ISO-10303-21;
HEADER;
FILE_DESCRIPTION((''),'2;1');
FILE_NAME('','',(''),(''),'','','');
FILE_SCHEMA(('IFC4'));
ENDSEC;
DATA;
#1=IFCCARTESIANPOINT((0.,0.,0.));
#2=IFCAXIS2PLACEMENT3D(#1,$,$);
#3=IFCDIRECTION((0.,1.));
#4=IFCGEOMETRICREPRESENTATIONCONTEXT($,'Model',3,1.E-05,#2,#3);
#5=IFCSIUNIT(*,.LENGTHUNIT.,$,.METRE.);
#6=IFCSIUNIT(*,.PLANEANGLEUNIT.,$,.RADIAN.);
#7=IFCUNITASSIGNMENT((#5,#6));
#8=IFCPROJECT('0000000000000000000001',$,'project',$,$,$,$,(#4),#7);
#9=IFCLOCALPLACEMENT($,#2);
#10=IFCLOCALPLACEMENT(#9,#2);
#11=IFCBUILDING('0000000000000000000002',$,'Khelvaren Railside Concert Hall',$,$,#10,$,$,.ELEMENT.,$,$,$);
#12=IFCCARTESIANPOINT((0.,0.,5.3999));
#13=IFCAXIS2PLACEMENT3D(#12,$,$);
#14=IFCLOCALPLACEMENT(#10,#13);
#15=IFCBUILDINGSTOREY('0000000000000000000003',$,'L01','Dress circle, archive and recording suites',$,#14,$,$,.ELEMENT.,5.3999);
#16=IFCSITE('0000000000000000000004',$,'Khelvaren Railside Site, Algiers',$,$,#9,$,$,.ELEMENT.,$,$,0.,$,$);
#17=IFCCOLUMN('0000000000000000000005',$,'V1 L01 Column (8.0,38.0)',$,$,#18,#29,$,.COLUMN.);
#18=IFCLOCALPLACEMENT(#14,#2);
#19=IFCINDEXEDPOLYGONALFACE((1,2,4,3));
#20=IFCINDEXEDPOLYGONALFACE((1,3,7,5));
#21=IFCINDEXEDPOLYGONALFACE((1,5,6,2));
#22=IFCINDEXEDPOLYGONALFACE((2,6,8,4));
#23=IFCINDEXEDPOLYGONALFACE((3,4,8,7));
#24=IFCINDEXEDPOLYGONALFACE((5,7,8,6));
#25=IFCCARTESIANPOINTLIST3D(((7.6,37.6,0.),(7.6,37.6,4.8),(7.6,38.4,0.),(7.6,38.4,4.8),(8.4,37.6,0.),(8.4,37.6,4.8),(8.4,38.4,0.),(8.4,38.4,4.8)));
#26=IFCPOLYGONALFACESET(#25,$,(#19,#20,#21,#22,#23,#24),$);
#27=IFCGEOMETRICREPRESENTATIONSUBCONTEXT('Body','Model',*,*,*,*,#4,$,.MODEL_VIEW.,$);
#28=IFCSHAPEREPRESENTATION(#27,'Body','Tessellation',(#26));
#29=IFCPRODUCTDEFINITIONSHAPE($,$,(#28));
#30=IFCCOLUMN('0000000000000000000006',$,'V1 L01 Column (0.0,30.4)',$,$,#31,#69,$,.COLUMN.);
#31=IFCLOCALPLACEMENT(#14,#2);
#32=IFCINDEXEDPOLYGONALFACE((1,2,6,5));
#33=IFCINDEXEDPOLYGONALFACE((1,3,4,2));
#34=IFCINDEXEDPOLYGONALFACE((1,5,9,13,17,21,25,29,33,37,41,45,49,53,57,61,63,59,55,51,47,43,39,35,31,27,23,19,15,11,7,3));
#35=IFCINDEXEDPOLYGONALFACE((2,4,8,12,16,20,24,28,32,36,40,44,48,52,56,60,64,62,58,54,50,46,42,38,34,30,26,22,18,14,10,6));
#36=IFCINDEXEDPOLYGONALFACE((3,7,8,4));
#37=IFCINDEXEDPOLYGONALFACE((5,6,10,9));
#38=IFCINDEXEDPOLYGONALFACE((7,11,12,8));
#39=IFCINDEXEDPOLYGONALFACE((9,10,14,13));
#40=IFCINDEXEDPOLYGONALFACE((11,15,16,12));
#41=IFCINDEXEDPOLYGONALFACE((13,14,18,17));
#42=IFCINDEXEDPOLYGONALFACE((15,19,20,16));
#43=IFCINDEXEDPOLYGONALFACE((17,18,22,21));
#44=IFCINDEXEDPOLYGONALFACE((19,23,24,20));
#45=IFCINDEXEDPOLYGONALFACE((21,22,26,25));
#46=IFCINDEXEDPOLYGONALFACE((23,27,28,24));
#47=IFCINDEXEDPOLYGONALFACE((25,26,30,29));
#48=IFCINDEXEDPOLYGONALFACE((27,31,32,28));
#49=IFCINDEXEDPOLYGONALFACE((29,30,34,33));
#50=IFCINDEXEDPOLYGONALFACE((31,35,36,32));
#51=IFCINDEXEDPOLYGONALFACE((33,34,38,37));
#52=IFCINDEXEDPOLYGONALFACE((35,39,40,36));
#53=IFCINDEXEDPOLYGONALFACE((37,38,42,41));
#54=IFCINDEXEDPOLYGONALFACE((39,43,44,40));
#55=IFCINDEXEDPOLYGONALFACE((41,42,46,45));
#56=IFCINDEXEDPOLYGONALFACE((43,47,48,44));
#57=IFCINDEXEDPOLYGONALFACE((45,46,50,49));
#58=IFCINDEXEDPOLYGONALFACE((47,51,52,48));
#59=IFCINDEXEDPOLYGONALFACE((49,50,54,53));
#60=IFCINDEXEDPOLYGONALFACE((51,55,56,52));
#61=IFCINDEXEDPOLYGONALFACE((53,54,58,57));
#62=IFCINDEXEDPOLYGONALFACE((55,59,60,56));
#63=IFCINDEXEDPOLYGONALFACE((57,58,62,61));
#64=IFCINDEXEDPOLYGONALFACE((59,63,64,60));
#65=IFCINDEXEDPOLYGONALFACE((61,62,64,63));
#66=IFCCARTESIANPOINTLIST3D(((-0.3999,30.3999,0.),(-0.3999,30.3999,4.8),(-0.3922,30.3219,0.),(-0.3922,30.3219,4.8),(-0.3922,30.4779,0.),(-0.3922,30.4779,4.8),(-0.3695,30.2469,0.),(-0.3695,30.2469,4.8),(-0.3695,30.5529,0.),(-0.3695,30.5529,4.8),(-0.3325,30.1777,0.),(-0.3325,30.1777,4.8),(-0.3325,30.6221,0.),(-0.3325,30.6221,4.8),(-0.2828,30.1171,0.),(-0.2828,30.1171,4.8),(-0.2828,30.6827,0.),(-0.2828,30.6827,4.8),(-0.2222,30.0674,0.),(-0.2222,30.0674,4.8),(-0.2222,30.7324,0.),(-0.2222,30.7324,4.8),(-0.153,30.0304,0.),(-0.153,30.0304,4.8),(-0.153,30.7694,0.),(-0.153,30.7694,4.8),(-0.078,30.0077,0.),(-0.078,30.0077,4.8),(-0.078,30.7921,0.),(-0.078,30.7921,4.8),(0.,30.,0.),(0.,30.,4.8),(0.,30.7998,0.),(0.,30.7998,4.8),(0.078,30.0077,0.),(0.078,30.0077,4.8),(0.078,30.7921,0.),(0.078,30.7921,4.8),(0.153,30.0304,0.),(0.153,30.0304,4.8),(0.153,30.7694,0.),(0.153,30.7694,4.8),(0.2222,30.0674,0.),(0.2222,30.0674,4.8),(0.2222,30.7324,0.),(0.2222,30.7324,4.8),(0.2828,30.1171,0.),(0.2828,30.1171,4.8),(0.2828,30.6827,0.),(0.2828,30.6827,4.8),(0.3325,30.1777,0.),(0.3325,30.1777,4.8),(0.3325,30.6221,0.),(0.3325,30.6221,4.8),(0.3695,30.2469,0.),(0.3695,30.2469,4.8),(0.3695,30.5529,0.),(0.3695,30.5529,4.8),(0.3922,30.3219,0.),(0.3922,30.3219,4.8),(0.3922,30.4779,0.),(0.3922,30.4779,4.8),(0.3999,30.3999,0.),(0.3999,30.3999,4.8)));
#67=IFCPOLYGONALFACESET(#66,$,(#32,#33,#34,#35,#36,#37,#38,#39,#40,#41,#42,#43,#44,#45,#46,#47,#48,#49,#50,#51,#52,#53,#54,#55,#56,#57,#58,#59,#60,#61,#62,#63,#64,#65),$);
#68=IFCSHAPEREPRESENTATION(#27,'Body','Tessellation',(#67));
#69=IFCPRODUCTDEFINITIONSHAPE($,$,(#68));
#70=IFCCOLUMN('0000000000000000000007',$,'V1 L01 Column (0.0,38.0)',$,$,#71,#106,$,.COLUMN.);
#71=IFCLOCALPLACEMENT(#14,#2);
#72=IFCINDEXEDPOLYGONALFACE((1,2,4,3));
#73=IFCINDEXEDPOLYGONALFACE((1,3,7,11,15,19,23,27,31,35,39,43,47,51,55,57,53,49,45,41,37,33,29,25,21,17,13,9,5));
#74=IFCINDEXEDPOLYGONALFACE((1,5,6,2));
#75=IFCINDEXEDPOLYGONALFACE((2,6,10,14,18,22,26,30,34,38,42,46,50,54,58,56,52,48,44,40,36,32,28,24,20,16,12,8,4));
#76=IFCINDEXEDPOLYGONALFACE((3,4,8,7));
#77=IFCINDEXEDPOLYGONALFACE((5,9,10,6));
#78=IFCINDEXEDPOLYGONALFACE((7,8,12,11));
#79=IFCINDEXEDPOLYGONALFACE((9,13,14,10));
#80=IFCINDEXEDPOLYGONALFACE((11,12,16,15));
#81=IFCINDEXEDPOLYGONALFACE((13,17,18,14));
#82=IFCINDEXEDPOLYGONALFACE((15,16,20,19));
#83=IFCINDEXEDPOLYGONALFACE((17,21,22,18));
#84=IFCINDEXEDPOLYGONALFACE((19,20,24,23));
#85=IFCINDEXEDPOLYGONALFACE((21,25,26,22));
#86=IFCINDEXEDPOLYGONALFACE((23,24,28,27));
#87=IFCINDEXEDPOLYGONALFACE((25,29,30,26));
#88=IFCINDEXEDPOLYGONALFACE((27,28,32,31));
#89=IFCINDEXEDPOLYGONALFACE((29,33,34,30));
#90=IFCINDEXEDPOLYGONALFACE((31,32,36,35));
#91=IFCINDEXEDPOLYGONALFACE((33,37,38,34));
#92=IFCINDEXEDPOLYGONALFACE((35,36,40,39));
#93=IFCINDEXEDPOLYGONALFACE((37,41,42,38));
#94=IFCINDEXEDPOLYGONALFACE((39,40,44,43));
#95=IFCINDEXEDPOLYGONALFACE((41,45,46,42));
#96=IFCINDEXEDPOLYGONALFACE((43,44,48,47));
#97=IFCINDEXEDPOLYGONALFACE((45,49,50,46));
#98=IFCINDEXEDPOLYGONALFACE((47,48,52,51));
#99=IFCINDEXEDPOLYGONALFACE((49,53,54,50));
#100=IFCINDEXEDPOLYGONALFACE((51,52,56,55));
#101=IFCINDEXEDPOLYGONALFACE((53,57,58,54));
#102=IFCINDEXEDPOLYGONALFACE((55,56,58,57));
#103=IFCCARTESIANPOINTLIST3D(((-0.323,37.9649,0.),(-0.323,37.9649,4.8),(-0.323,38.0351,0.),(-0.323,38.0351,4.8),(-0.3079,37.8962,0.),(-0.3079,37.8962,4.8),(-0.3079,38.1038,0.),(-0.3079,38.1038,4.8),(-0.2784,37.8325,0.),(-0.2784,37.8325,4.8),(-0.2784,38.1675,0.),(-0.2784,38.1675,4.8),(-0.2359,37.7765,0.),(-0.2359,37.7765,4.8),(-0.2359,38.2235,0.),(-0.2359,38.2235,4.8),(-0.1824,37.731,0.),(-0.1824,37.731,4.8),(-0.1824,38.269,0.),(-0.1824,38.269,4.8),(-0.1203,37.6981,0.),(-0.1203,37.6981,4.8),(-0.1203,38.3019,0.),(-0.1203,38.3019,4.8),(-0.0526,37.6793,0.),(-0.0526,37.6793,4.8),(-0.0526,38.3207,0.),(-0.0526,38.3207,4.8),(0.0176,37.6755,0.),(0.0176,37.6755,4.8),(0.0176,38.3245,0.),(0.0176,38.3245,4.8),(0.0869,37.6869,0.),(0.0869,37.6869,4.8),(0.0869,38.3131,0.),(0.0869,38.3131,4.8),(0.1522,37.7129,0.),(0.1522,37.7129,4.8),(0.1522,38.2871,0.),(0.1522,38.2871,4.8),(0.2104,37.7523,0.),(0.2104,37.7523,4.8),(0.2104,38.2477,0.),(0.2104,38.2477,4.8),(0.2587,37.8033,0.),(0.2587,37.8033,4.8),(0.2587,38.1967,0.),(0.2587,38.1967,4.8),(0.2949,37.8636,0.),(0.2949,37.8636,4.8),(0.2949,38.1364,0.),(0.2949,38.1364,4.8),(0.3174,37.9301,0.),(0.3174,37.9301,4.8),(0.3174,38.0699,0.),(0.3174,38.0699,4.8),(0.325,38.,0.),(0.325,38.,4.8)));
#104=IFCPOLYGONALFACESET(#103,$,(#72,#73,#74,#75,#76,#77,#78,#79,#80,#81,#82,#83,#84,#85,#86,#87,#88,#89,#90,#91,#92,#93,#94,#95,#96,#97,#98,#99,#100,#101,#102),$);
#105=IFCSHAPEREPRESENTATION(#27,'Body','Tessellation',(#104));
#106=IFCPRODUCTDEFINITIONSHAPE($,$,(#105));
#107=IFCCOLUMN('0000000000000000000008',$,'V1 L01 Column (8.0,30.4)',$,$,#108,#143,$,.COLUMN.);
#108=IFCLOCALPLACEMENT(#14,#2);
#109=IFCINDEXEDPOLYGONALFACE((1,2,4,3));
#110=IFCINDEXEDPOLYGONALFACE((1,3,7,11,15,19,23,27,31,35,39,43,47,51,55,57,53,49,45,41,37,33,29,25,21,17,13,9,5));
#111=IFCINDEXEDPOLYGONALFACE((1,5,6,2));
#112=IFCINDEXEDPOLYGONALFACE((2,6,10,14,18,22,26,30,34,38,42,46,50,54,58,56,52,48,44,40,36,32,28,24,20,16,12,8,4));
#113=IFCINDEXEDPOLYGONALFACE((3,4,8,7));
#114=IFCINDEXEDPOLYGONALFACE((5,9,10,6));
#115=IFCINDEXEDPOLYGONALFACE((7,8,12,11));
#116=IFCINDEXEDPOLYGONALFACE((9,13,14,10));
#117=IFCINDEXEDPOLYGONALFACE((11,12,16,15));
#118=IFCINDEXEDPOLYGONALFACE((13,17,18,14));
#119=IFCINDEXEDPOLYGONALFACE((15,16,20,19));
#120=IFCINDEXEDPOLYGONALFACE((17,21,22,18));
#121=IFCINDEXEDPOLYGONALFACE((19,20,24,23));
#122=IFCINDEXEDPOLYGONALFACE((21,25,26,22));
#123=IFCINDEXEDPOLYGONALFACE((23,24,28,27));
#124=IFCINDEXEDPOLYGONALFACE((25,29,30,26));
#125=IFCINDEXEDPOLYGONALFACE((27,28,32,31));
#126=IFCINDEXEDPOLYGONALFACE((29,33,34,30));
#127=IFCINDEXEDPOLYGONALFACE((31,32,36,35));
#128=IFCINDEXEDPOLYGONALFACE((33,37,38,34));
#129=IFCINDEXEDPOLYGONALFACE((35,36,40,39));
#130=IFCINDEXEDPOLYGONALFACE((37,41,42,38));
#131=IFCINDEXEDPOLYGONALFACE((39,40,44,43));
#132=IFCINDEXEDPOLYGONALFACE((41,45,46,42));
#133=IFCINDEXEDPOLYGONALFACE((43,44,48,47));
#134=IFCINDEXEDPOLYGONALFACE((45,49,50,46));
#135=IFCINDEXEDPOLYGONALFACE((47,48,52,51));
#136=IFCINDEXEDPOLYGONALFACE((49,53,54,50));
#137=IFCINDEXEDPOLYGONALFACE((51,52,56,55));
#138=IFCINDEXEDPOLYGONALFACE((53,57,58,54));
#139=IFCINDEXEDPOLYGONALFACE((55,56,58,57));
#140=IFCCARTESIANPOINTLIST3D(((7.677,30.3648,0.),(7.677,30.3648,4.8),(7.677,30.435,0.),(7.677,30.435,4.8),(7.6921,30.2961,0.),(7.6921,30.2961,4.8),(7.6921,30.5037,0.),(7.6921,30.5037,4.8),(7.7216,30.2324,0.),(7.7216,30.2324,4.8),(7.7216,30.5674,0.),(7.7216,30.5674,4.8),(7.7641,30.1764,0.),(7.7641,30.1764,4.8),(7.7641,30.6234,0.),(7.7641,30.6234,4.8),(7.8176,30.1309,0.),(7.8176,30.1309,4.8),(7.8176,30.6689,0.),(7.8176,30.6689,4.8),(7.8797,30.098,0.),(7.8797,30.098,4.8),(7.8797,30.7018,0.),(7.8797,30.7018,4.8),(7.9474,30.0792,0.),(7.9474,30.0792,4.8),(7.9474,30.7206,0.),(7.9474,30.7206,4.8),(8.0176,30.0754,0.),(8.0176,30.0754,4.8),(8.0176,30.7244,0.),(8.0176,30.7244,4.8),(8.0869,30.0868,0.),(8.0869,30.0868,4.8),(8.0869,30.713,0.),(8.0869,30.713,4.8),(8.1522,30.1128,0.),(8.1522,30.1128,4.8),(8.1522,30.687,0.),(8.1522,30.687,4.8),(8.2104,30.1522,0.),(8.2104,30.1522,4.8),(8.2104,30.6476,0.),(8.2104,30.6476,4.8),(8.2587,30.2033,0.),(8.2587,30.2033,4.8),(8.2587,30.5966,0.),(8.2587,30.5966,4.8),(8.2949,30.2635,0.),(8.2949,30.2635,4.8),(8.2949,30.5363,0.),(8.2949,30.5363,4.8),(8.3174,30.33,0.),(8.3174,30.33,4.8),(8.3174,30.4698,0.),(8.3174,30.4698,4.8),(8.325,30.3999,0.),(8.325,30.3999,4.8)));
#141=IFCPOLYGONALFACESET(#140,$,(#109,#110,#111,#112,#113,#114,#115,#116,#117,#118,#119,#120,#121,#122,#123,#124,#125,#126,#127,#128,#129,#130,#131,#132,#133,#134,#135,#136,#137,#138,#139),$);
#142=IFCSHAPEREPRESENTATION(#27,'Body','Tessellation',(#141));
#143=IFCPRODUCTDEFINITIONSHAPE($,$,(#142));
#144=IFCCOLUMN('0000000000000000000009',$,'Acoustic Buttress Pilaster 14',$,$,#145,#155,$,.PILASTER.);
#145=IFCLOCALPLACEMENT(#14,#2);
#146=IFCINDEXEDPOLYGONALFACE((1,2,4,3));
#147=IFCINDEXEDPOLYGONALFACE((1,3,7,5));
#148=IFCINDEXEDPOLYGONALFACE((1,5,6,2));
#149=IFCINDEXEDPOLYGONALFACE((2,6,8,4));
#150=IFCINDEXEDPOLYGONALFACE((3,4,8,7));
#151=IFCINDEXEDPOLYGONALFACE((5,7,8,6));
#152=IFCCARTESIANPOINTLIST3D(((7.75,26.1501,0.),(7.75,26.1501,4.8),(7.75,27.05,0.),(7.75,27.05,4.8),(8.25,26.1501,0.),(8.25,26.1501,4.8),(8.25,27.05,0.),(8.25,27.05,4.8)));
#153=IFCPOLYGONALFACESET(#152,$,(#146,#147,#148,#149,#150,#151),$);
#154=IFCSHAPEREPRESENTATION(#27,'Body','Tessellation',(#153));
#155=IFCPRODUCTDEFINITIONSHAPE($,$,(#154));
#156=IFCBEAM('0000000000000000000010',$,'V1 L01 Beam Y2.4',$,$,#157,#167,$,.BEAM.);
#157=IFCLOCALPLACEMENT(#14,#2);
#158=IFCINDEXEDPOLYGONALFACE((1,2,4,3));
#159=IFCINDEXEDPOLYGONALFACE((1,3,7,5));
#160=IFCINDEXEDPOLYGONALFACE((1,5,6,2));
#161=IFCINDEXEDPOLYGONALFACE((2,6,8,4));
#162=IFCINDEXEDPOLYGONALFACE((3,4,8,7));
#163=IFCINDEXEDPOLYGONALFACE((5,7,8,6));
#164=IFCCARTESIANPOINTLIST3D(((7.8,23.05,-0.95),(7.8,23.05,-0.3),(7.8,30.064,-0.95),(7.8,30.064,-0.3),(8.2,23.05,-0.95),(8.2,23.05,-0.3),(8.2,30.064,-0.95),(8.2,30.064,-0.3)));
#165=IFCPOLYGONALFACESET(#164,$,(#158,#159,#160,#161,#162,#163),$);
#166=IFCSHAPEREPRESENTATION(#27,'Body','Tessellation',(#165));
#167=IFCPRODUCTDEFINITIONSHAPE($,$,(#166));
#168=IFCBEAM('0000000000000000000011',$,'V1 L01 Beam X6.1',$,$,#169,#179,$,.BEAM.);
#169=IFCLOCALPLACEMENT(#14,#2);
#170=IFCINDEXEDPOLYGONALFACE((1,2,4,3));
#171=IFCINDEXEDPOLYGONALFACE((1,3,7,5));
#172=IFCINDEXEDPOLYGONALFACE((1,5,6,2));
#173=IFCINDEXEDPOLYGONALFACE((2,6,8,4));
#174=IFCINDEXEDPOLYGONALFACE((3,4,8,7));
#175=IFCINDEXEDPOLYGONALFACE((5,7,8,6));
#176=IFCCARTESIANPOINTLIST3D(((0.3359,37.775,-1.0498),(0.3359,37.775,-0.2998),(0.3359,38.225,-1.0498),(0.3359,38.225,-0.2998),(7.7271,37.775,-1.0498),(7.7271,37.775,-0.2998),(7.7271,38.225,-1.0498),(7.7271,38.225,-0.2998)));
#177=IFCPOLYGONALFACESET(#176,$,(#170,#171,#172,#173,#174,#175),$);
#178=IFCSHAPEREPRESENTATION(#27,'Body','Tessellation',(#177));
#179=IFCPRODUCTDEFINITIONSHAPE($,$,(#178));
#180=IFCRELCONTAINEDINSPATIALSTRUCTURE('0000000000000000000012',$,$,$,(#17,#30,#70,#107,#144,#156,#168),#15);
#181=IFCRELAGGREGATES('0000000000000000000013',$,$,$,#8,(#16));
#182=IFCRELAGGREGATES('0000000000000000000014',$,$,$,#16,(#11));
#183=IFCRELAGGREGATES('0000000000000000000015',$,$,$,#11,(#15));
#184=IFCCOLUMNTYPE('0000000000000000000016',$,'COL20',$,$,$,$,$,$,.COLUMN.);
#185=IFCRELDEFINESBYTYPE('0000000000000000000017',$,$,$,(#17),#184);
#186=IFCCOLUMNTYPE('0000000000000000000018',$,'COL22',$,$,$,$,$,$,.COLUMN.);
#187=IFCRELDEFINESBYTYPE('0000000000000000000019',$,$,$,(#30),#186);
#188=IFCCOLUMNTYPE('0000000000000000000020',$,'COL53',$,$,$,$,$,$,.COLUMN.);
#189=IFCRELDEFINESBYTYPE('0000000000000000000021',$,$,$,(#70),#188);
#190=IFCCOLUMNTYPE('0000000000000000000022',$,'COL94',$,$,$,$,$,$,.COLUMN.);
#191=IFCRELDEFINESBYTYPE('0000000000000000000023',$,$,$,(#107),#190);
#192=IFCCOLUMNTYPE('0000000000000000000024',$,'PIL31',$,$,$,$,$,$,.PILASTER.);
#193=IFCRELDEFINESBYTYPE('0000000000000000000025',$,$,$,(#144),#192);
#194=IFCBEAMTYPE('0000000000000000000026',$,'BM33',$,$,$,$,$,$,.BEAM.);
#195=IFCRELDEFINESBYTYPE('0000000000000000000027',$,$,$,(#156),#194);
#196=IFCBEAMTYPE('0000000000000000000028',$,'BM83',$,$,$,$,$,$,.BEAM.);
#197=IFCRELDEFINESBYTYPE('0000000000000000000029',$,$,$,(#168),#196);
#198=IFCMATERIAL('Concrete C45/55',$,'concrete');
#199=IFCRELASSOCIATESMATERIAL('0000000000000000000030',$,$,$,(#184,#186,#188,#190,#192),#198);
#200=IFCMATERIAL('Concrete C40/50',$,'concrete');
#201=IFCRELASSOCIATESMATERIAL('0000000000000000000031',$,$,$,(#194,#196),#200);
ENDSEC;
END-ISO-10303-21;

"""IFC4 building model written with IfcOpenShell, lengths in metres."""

from ifc_helpers import new_model, si_unit, direction, frame, origin, origin_2d, place, context, subcontext, project, spatial, rectangle, circle, extrude, material, material_profile, profile_set, type_object, element, save


model = new_model("IFC4")

# Units and contexts
model_context = context("Model", 3, precision=1e-05, world=origin(), true_north=direction((0.0, 1.0)))
body_context = subcontext(model_context, "Body", "Model", "MODEL_VIEW")
ifc_project = project(units=[si_unit("LENGTHUNIT", "METRE"), si_unit("PLANEANGLEUNIT", "RADIAN")], contexts=[model_context])

# Site, building, storey
site_placement = place(None, origin())
site = spatial("IfcSite", under=ifc_project, at=site_placement, Name="Khelvaren Railside Site, Algiers", CompositionType="ELEMENT", RefElevation=0.0)
building_placement = place(site_placement, origin())
building = spatial("IfcBuilding", under=site, at=building_placement, Name="Khelvaren Railside Concert Hall", CompositionType="ELEMENT")
storey_placement = place(building_placement, frame((0.0, 0.0, 5.3999)))
storey = spatial("IfcBuildingStorey", under=building, at=storey_placement, Name="L01", Description="Dress circle, archive and recording suites", CompositionType="ELEMENT", Elevation=5.3999)

# Columns
ifc_material_1 = material(Name="Concrete C45/55", Category="concrete")
ifc_material_profile_1 = material_profile(ifc_material_1, rectangle(XDim=0.8, YDim=0.8, at=origin_2d()), Name="RC 800x800")
ifc_profile_set_1 = profile_set([ifc_material_profile_1], Name="Concrete C45/55")
column_type_1 = type_object("IfcColumnType", Name="COL20", PredefinedType="COLUMN", material=ifc_profile_set_1)
column_1_placement = place(storey_placement, frame((8.0, 38.0, 0.0), z_axis=(0.0, 0.0, 1.0), x_axis=(1.0, 0.0, 0.0)))
element("IfcColumn", 1, at=column_1_placement, inside=storey, type_object=column_type_1, Name="V1 L01 Column (8.0,38.0)", PredefinedType="COLUMN", context=body_context, shape_type="SweptSolid", body=[
    extrude(rectangle(XDim=0.8, YDim=0.8, at=origin_2d()), origin(), (0.0, 0.0, 1.0), 4.8),
])
ifc_material_profile_2 = material_profile(ifc_material_1, circle(Radius=0.3999, at=origin_2d()), Name="RC D800")
ifc_profile_set_2 = profile_set([ifc_material_profile_2], Name="Concrete C45/55")
column_type_2 = type_object("IfcColumnType", Name="COL22", PredefinedType="COLUMN", material=ifc_profile_set_2)
column_2_placement = place(storey_placement, frame((0.0, 30.3999, 0.0), z_axis=(0.0, 0.0, 1.0), x_axis=(1.0, 0.0, 0.0)))
element("IfcColumn", 2, at=column_2_placement, inside=storey, type_object=column_type_2, Name="V1 L01 Column (0.0,30.4)", PredefinedType="COLUMN", context=body_context, shape_type="SweptSolid", body=[
    extrude(circle(Radius=0.3999, at=origin_2d()), origin(), (0.0, 0.0, 1.0), 4.8),
])
ifc_material_profile_3 = material_profile(ifc_material_1, circle(Radius=0.325, at=origin_2d()), Name="RC D650")
ifc_profile_set_3 = profile_set([ifc_material_profile_3], Name="Concrete C45/55")
column_type_3 = type_object("IfcColumnType", Name="COL53", PredefinedType="COLUMN", material=ifc_profile_set_3)
column_3_placement = place(storey_placement, frame((0.0, 38.0, 0.0), z_axis=(0.0, 0.0, 1.0), x_axis=(1.0, 0.0, 0.0)))
element("IfcColumn", 3, at=column_3_placement, inside=storey, type_object=column_type_3, Name="V1 L01 Column (0.0,38.0)", PredefinedType="COLUMN", context=body_context, shape_type="SweptSolid", body=[
    extrude(circle(Radius=0.325, at=origin_2d()), origin(), (0.0, 0.0, 1.0), 4.8),
])
ifc_material_profile_4 = material_profile(ifc_material_1, circle(Radius=0.325, at=origin_2d()), Name="RC D650")
ifc_profile_set_4 = profile_set([ifc_material_profile_4], Name="Concrete C45/55")
column_type_4 = type_object("IfcColumnType", Name="COL94", PredefinedType="COLUMN", material=ifc_profile_set_4)
column_4_placement = place(storey_placement, frame((8.0, 30.3999, 0.0), z_axis=(0.0, 0.0, 1.0), x_axis=(1.0, 0.0, 0.0)))
element("IfcColumn", 4, at=column_4_placement, inside=storey, type_object=column_type_4, Name="V1 L01 Column (8.0,30.4)", PredefinedType="COLUMN", context=body_context, shape_type="SweptSolid", body=[
    extrude(circle(Radius=0.325, at=origin_2d()), origin(), (0.0, 0.0, 1.0), 4.8),
])
ifc_material_profile_5 = material_profile(ifc_material_1, rectangle(XDim=0.5, YDim=0.8999, at=origin_2d()), Name="PIL 500x900")
ifc_profile_set_5 = profile_set([ifc_material_profile_5], Name="Concrete C45/55")
column_type_5 = type_object("IfcColumnType", Name="PIL31", PredefinedType="PILASTER", material=ifc_profile_set_5)
column_5_placement = place(storey_placement, frame((8.0, 26.6001, 0.0), z_axis=(0.0, 0.0, 1.0), x_axis=(1.0, 0.0, 0.0)))
element("IfcColumn", 5, at=column_5_placement, inside=storey, type_object=column_type_5, Name="Acoustic Buttress Pilaster 14", PredefinedType="PILASTER", context=body_context, shape_type="SweptSolid", body=[
    extrude(rectangle(XDim=0.5, YDim=0.8999, at=origin_2d()), origin(), (0.0, 0.0, 1.0), 4.8),
])

# Beams
ifc_material_2 = material(Name="Concrete C40/50", Category="concrete")
ifc_material_profile_6 = material_profile(ifc_material_2, rectangle(XDim=0.3999, YDim=0.6499, at=origin_2d()), Name="RCB 400x650")
ifc_profile_set_6 = profile_set([ifc_material_profile_6], Name="Concrete C40/50")
beam_type_1 = type_object("IfcBeamType", Name="BM33", PredefinedType="BEAM", material=ifc_profile_set_6)
beam_1_placement = place(storey_placement, frame((8.0, 23.05, -0.625), z_axis=(0.0, 1.0, 0.0), x_axis=(-1.0, 0.0, 0.0)))
element("IfcBeam", 6, at=beam_1_placement, inside=storey, type_object=beam_type_1, Name="V1 L01 Beam Y2.4", PredefinedType="BEAM", context=body_context, shape_type="SweptSolid", body=[
    extrude(rectangle(XDim=0.3999, YDim=0.6499, at=origin_2d()), origin(), (0.0, 0.0, 1.0), 7.0139),
])
ifc_material_profile_7 = material_profile(ifc_material_2, rectangle(XDim=0.45, YDim=0.75, at=origin_2d()), Name="RCB 450x750")
ifc_profile_set_7 = profile_set([ifc_material_profile_7], Name="Concrete C40/50")
beam_type_2 = type_object("IfcBeamType", Name="BM83", PredefinedType="BEAM", material=ifc_profile_set_7)
beam_2_placement = place(storey_placement, frame((0.3359, 38.0, -0.6748), z_axis=(1.0, 0.0, 0.0), x_axis=(0.0, 1.0, 0.0)))
element("IfcBeam", 7, at=beam_2_placement, inside=storey, type_object=beam_type_2, Name="V1 L01 Beam X6.1", PredefinedType="BEAM", context=body_context, shape_type="SweptSolid", body=[
    extrude(rectangle(XDim=0.45, YDim=0.75, at=origin_2d()), origin(), (0.0, 0.0, 1.0), 7.3911),
])

save(model, "model.ifc")
